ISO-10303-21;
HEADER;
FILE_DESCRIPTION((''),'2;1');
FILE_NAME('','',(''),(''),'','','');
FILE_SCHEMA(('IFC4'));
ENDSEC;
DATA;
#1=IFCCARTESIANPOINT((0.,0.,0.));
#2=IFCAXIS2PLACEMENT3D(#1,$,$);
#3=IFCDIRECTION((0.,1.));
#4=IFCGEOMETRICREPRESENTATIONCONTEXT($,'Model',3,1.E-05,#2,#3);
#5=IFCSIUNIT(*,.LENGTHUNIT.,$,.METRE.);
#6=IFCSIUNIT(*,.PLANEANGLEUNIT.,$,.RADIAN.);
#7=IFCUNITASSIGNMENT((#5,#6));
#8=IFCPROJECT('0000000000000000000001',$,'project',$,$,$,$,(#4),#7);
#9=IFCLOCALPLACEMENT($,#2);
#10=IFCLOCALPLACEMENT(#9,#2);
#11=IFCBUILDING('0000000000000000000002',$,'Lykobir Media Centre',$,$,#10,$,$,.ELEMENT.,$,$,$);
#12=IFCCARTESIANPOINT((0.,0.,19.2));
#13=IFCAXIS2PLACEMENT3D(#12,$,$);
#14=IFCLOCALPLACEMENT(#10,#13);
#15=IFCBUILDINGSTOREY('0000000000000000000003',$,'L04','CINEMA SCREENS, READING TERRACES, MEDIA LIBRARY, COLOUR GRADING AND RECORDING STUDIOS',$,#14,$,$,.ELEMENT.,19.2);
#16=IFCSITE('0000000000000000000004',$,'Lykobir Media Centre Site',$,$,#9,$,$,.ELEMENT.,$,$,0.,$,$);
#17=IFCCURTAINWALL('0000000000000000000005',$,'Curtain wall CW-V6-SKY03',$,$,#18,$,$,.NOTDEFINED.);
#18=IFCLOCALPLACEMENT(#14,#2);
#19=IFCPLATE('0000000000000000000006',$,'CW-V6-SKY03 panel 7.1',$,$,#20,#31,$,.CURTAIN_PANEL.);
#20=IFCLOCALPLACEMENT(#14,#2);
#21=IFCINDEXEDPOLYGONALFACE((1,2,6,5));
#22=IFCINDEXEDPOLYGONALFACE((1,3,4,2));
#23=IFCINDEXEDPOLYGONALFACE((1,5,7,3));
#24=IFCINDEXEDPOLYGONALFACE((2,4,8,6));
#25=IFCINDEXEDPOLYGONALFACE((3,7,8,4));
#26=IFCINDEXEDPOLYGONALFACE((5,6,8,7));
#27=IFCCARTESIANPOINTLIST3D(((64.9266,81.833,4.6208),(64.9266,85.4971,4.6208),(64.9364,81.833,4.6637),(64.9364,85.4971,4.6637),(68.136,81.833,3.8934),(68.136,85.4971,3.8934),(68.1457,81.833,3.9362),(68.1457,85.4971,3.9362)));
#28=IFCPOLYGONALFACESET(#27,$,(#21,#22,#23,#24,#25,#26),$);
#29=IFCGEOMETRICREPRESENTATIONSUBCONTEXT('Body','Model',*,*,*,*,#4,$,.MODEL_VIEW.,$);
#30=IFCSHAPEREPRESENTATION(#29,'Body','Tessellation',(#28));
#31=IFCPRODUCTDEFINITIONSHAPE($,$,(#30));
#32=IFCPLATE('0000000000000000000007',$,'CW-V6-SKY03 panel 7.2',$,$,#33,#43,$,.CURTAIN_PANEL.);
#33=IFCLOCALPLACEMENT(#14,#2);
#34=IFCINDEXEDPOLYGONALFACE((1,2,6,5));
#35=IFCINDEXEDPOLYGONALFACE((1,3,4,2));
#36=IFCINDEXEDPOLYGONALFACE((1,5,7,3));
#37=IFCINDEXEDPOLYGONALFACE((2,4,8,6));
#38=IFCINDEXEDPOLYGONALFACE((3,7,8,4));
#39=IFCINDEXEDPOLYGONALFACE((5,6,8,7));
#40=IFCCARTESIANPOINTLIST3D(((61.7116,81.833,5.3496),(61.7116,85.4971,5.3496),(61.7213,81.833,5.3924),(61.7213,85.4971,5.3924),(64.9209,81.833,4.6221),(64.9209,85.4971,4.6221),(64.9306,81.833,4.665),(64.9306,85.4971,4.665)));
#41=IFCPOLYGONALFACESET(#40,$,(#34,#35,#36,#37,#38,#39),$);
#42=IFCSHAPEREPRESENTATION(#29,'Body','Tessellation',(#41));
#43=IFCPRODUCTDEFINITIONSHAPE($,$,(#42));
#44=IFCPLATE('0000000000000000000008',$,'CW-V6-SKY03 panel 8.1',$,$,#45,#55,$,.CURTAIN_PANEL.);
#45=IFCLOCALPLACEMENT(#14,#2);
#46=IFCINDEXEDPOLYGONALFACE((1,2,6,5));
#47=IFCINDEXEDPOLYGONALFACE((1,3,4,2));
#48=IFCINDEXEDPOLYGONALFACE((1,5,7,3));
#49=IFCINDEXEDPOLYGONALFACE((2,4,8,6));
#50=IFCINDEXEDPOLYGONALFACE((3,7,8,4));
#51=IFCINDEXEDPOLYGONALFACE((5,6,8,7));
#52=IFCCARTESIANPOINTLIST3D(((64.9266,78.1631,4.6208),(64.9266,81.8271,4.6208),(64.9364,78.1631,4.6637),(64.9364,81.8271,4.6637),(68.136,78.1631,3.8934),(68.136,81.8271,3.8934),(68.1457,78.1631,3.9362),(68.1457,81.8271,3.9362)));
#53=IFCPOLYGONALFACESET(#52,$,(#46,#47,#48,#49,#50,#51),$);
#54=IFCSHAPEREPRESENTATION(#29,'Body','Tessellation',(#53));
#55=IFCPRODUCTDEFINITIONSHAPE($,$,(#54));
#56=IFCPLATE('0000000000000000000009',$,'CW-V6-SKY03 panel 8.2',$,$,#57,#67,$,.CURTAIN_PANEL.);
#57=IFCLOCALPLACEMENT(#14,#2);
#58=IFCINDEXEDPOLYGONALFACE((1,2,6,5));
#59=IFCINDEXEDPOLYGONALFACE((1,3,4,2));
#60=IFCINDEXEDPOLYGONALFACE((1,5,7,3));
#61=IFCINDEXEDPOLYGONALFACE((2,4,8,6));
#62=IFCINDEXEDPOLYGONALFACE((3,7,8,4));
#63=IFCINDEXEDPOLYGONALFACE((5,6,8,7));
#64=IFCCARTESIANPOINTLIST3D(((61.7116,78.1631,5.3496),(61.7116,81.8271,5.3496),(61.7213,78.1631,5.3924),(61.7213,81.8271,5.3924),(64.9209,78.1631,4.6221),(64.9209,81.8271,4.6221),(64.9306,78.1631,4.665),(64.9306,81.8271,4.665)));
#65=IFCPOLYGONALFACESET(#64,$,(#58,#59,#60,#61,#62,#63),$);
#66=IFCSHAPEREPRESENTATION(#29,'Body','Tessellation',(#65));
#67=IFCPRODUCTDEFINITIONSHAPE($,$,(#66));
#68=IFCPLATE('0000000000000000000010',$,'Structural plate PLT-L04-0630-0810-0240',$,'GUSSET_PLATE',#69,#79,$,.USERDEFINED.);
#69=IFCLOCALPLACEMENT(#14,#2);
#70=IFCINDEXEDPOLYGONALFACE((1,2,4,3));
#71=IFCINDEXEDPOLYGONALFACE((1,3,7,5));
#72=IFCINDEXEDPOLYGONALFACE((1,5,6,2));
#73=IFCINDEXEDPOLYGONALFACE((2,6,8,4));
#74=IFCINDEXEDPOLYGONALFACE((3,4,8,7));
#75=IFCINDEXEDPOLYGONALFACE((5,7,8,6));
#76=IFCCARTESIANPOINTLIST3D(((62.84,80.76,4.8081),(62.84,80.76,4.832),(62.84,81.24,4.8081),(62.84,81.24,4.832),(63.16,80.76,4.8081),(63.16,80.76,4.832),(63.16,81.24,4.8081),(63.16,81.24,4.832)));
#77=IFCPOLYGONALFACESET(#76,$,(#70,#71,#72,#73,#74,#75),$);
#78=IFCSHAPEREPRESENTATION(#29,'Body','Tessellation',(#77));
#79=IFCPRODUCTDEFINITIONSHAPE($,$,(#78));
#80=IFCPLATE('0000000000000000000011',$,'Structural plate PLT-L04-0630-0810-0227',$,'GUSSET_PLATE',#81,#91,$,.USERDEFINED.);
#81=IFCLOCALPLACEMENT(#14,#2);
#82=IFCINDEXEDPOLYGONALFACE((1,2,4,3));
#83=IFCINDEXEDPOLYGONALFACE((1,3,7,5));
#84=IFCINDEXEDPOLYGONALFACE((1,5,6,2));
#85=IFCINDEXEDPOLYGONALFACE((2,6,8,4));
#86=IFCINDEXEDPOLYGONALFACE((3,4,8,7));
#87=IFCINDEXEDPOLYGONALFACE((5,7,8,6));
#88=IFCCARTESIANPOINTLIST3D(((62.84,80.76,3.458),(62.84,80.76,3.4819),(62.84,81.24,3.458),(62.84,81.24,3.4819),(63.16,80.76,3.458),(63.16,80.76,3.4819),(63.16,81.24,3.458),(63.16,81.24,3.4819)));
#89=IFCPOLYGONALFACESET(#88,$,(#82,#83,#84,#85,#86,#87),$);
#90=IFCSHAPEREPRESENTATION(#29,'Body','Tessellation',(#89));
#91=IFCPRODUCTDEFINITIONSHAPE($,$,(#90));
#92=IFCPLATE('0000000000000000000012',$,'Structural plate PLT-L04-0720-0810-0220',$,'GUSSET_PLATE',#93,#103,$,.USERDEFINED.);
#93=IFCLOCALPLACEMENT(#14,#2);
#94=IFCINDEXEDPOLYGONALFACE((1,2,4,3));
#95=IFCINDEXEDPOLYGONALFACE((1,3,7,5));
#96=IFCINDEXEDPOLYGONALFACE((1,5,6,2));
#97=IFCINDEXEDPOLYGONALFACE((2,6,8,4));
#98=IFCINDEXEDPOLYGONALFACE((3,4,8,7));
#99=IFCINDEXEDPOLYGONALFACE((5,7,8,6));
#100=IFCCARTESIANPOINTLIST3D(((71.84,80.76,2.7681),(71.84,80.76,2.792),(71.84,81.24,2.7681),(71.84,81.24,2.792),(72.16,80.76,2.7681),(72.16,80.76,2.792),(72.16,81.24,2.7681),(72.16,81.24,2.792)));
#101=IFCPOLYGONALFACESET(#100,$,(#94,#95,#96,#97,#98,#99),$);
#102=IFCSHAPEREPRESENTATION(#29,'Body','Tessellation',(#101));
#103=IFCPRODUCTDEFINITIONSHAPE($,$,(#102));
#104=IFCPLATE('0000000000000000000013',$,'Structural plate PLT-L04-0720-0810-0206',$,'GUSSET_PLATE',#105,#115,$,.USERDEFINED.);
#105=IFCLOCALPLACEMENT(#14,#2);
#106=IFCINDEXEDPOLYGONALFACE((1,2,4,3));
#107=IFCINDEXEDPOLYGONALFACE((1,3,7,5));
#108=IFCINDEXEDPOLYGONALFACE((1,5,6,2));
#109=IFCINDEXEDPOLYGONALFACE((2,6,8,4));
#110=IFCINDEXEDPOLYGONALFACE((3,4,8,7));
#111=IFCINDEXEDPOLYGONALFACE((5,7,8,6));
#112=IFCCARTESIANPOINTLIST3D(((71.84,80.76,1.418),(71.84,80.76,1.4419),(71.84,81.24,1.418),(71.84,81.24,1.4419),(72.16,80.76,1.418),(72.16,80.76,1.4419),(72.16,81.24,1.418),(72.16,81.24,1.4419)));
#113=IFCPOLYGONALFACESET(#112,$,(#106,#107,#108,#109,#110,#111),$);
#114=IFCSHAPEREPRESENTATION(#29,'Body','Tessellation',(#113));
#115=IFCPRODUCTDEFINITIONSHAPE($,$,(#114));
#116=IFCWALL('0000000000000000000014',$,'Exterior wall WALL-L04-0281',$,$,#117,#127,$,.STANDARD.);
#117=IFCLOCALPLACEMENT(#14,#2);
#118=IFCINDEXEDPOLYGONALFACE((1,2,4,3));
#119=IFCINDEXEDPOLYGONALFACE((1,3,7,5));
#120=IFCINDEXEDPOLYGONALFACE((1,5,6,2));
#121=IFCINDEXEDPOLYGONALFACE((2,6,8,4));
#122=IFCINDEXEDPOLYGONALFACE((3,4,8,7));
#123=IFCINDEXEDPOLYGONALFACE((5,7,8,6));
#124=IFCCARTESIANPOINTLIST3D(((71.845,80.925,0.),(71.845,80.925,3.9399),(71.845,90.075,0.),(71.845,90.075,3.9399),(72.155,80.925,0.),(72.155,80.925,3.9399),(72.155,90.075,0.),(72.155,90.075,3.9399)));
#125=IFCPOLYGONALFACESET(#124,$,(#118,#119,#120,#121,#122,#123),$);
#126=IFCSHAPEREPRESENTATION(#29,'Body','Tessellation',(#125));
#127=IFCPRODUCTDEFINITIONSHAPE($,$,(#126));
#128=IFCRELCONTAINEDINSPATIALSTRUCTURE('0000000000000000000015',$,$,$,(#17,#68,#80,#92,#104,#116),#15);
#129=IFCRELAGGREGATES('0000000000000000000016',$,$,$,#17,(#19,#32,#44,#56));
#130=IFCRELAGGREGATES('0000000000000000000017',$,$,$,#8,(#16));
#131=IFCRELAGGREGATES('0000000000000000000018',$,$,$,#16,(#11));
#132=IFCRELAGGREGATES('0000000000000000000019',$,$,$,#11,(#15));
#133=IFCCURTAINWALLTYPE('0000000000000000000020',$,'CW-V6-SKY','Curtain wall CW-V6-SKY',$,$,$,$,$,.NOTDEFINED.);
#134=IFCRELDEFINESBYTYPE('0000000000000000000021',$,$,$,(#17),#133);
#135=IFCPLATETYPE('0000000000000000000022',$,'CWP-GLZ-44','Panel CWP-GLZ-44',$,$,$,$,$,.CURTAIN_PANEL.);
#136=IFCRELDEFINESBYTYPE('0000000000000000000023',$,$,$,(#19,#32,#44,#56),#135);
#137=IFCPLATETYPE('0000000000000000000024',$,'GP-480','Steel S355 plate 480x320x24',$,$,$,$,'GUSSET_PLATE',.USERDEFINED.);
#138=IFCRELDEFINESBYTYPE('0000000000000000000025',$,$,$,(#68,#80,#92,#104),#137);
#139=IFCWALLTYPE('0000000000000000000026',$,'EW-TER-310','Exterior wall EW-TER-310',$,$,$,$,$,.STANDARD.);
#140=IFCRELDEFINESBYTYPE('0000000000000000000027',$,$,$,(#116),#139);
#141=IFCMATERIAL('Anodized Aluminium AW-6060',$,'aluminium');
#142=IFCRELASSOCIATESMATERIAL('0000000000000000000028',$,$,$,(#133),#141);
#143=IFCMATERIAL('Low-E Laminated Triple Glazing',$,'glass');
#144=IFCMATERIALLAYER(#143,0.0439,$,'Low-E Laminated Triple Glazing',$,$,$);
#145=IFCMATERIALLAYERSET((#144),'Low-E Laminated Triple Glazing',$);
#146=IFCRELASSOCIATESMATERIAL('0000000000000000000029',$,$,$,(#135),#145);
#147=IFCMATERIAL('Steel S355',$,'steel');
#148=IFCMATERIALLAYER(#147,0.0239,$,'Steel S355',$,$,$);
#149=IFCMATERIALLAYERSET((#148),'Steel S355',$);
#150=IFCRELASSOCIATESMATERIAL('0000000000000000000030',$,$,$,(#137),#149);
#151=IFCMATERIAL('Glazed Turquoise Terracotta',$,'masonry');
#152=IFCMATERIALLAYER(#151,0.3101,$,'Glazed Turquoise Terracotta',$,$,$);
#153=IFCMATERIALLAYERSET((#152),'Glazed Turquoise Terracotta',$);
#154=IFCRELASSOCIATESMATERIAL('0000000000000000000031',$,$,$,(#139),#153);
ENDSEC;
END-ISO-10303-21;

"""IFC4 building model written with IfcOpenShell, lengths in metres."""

from ifc_helpers import new_model, si_unit, direction, frame, frame_2d, origin, origin_2d, place, context, subcontext, project, spatial, rectangle, extrude, material, layer, layer_set, type_object, element, aggregate, save


model = new_model("IFC4")

# Units and contexts
model_context = context("Model", 3, precision=1e-05, world=origin(), true_north=direction((0.0, 1.0)))
body_context = subcontext(model_context, "Body", "Model", "MODEL_VIEW")
ifc_project = project(units=[si_unit("LENGTHUNIT", "METRE"), si_unit("PLANEANGLEUNIT", "RADIAN")], contexts=[model_context])

# Site, building, storey
site_placement = place(None, origin())
site = spatial("IfcSite", under=ifc_project, at=site_placement, Name="Lykobir Media Centre Site", CompositionType="ELEMENT", RefElevation=0.0)
building_placement = place(site_placement, origin())
building = spatial("IfcBuilding", under=site, at=building_placement, Name="Lykobir Media Centre", CompositionType="ELEMENT")
storey_placement = place(building_placement, frame((0.0, 0.0, 19.2)))
storey = spatial("IfcBuildingStorey", under=building, at=storey_placement, Name="L04", Description="CINEMA SCREENS, READING TERRACES, MEDIA LIBRARY, COLOUR GRADING AND RECORDING STUDIOS", CompositionType="ELEMENT", Elevation=19.2)

# Shared definitions
ifc_material_1 = material(Name="Steel S355", Category="steel")

# Curtain wall
ifc_material_2 = material(Name="Anodized Aluminium AW-6060", Category="aluminium")
curtain_wall_type = type_object("IfcCurtainWallType", Name="CW-V6-SKY", Description="Curtain wall CW-V6-SKY", PredefinedType="NOTDEFINED", material=ifc_material_2)
curtain_wall_1_placement = place(storey_placement, origin())
curtain_wall_1 = element("IfcCurtainWall", 1, at=curtain_wall_1_placement, inside=storey, type_object=curtain_wall_type, Name="Curtain wall CW-V6-SKY03", PredefinedType="NOTDEFINED")

# Plates
ifc_material_3 = material(Name="Low-E Laminated Triple Glazing", Category="glass")
ifc_layer_1 = layer(ifc_material_3, 0.0439, Name="Low-E Laminated Triple Glazing")
ifc_layer_set_1 = layer_set([ifc_layer_1], Name="Low-E Laminated Triple Glazing")
plate_type_1 = type_object("IfcPlateType", Name="CWP-GLZ-44", Description="Panel CWP-GLZ-44", PredefinedType="CURTAIN_PANEL", material=ifc_layer_set_1)
plate_1_placement = place(storey_placement, frame((68.1409, 83.665, 3.9148), z_axis=(-0.975261, 0.0, 0.221055), x_axis=(0.0, -1.0, 0.0)))
plate_1 = element("IfcPlate", 2, at=plate_1_placement, type_object=plate_type_1, Name="CW-V6-SKY03 panel 7.1", PredefinedType="CURTAIN_PANEL", context=body_context, shape_type="SweptSolid", body=[
    extrude(rectangle(XDim=3.6641, YDim=0.0439, at=origin_2d()), origin(), (0.0, 0.0, 1.0), 3.2908),
])
plate_2_placement = place(storey_placement, frame((64.9258, 83.665, 4.6436), z_axis=(-0.975261, 0.0, 0.221055), x_axis=(0.0, -1.0, 0.0)))
plate_2 = element("IfcPlate", 3, at=plate_2_placement, type_object=plate_type_1, Name="CW-V6-SKY03 panel 7.2", PredefinedType="CURTAIN_PANEL", context=body_context, shape_type="SweptSolid", body=[
    extrude(rectangle(XDim=3.6641, YDim=0.0439, at=origin_2d()), origin(), (0.0, 0.0, 1.0), 3.2908),
])
plate_3_placement = place(storey_placement, frame((68.1409, 79.9951, 3.9148), z_axis=(-0.975261, 0.0, 0.221055), x_axis=(0.0, -1.0, 0.0)))
plate_3 = element("IfcPlate", 4, at=plate_3_placement, type_object=plate_type_1, Name="CW-V6-SKY03 panel 8.1", PredefinedType="CURTAIN_PANEL", context=body_context, shape_type="SweptSolid", body=[
    extrude(rectangle(XDim=3.6641, YDim=0.0439, at=origin_2d()), origin(), (0.0, 0.0, 1.0), 3.2908),
])
plate_4_placement = place(storey_placement, frame((64.9258, 79.9951, 4.6436), z_axis=(-0.975261, 0.0, 0.221055), x_axis=(0.0, -1.0, 0.0)))
plate_4 = element("IfcPlate", 5, at=plate_4_placement, type_object=plate_type_1, Name="CW-V6-SKY03 panel 8.2", PredefinedType="CURTAIN_PANEL", context=body_context, shape_type="SweptSolid", body=[
    extrude(rectangle(XDim=3.6641, YDim=0.0439, at=origin_2d()), origin(), (0.0, 0.0, 1.0), 3.2908),
])
aggregate(curtain_wall_1, [plate_1, plate_2, plate_3, plate_4])

# Plates
ifc_layer_2 = layer(ifc_material_1, 0.0239, Name="Steel S355")
ifc_layer_set_2 = layer_set([ifc_layer_2], Name="Steel S355")
plate_type_2 = type_object("IfcPlateType", Name="GP-480", Description="Steel S355 plate 480x320x24", ElementType="GUSSET_PLATE", PredefinedType="USERDEFINED", material=ifc_layer_set_2)
for number, where, z_axis, x_axis, name in (
    (6, (63.0, 81.0, 4.8081), (0.0, 0.0, 1.0), (0.0, 1.0, 0.0), "Structural plate PLT-L04-0630-0810-0240"),
    (7, (63.0, 81.0, 3.458), (0.0, 0.0, 1.0), (0.0, 1.0, 0.0), "Structural plate PLT-L04-0630-0810-0227"),
    (8, (72.0, 81.0, 2.7681), (0.0, 0.0, 1.0), (0.0, 1.0, 0.0), "Structural plate PLT-L04-0720-0810-0220"),
    (9, (72.0, 81.0, 1.418), (0.0, 0.0, 1.0), (0.0, 1.0, 0.0), "Structural plate PLT-L04-0720-0810-0206"),
):
    element("IfcPlate", number, at=place(storey_placement, frame(where, z_axis=z_axis, x_axis=x_axis)), inside=storey, type_object=plate_type_2, Name=name, ObjectType="GUSSET_PLATE", PredefinedType="USERDEFINED", context=body_context, shape_type="SweptSolid", body=[
        extrude(rectangle(XDim=0.48, YDim=0.3201, at=origin_2d()), origin(), (0.0, 0.0, 1.0), 0.0239),
    ])

# Wall
ifc_material_4 = material(Name="Glazed Turquoise Terracotta", Category="masonry")
ifc_layer_3 = layer(ifc_material_4, 0.3101, Name="Glazed Turquoise Terracotta")
ifc_layer_set_3 = layer_set([ifc_layer_3], Name="Glazed Turquoise Terracotta")
wall_type = type_object("IfcWallType", Name="EW-TER-310", Description="Exterior wall EW-TER-310", PredefinedType="STANDARD", material=ifc_layer_set_3)
wall_placement = place(storey_placement, frame((72.0, 80.925, 0.0), z_axis=(0.0, 0.0, 1.0), x_axis=(0.0, 1.0, 0.0)))
element("IfcWall", 10, at=wall_placement, inside=storey, type_object=wall_type, Name="Exterior wall WALL-L04-0281", PredefinedType="STANDARD", context=body_context, shape_type="SweptSolid", body=[
    extrude(rectangle(XDim=9.1499, YDim=0.3101, at=frame_2d((4.575, 0.0))), origin(), (0.0, 0.0, 1.0), 3.9399),
])

save(model, "model.ifc")
